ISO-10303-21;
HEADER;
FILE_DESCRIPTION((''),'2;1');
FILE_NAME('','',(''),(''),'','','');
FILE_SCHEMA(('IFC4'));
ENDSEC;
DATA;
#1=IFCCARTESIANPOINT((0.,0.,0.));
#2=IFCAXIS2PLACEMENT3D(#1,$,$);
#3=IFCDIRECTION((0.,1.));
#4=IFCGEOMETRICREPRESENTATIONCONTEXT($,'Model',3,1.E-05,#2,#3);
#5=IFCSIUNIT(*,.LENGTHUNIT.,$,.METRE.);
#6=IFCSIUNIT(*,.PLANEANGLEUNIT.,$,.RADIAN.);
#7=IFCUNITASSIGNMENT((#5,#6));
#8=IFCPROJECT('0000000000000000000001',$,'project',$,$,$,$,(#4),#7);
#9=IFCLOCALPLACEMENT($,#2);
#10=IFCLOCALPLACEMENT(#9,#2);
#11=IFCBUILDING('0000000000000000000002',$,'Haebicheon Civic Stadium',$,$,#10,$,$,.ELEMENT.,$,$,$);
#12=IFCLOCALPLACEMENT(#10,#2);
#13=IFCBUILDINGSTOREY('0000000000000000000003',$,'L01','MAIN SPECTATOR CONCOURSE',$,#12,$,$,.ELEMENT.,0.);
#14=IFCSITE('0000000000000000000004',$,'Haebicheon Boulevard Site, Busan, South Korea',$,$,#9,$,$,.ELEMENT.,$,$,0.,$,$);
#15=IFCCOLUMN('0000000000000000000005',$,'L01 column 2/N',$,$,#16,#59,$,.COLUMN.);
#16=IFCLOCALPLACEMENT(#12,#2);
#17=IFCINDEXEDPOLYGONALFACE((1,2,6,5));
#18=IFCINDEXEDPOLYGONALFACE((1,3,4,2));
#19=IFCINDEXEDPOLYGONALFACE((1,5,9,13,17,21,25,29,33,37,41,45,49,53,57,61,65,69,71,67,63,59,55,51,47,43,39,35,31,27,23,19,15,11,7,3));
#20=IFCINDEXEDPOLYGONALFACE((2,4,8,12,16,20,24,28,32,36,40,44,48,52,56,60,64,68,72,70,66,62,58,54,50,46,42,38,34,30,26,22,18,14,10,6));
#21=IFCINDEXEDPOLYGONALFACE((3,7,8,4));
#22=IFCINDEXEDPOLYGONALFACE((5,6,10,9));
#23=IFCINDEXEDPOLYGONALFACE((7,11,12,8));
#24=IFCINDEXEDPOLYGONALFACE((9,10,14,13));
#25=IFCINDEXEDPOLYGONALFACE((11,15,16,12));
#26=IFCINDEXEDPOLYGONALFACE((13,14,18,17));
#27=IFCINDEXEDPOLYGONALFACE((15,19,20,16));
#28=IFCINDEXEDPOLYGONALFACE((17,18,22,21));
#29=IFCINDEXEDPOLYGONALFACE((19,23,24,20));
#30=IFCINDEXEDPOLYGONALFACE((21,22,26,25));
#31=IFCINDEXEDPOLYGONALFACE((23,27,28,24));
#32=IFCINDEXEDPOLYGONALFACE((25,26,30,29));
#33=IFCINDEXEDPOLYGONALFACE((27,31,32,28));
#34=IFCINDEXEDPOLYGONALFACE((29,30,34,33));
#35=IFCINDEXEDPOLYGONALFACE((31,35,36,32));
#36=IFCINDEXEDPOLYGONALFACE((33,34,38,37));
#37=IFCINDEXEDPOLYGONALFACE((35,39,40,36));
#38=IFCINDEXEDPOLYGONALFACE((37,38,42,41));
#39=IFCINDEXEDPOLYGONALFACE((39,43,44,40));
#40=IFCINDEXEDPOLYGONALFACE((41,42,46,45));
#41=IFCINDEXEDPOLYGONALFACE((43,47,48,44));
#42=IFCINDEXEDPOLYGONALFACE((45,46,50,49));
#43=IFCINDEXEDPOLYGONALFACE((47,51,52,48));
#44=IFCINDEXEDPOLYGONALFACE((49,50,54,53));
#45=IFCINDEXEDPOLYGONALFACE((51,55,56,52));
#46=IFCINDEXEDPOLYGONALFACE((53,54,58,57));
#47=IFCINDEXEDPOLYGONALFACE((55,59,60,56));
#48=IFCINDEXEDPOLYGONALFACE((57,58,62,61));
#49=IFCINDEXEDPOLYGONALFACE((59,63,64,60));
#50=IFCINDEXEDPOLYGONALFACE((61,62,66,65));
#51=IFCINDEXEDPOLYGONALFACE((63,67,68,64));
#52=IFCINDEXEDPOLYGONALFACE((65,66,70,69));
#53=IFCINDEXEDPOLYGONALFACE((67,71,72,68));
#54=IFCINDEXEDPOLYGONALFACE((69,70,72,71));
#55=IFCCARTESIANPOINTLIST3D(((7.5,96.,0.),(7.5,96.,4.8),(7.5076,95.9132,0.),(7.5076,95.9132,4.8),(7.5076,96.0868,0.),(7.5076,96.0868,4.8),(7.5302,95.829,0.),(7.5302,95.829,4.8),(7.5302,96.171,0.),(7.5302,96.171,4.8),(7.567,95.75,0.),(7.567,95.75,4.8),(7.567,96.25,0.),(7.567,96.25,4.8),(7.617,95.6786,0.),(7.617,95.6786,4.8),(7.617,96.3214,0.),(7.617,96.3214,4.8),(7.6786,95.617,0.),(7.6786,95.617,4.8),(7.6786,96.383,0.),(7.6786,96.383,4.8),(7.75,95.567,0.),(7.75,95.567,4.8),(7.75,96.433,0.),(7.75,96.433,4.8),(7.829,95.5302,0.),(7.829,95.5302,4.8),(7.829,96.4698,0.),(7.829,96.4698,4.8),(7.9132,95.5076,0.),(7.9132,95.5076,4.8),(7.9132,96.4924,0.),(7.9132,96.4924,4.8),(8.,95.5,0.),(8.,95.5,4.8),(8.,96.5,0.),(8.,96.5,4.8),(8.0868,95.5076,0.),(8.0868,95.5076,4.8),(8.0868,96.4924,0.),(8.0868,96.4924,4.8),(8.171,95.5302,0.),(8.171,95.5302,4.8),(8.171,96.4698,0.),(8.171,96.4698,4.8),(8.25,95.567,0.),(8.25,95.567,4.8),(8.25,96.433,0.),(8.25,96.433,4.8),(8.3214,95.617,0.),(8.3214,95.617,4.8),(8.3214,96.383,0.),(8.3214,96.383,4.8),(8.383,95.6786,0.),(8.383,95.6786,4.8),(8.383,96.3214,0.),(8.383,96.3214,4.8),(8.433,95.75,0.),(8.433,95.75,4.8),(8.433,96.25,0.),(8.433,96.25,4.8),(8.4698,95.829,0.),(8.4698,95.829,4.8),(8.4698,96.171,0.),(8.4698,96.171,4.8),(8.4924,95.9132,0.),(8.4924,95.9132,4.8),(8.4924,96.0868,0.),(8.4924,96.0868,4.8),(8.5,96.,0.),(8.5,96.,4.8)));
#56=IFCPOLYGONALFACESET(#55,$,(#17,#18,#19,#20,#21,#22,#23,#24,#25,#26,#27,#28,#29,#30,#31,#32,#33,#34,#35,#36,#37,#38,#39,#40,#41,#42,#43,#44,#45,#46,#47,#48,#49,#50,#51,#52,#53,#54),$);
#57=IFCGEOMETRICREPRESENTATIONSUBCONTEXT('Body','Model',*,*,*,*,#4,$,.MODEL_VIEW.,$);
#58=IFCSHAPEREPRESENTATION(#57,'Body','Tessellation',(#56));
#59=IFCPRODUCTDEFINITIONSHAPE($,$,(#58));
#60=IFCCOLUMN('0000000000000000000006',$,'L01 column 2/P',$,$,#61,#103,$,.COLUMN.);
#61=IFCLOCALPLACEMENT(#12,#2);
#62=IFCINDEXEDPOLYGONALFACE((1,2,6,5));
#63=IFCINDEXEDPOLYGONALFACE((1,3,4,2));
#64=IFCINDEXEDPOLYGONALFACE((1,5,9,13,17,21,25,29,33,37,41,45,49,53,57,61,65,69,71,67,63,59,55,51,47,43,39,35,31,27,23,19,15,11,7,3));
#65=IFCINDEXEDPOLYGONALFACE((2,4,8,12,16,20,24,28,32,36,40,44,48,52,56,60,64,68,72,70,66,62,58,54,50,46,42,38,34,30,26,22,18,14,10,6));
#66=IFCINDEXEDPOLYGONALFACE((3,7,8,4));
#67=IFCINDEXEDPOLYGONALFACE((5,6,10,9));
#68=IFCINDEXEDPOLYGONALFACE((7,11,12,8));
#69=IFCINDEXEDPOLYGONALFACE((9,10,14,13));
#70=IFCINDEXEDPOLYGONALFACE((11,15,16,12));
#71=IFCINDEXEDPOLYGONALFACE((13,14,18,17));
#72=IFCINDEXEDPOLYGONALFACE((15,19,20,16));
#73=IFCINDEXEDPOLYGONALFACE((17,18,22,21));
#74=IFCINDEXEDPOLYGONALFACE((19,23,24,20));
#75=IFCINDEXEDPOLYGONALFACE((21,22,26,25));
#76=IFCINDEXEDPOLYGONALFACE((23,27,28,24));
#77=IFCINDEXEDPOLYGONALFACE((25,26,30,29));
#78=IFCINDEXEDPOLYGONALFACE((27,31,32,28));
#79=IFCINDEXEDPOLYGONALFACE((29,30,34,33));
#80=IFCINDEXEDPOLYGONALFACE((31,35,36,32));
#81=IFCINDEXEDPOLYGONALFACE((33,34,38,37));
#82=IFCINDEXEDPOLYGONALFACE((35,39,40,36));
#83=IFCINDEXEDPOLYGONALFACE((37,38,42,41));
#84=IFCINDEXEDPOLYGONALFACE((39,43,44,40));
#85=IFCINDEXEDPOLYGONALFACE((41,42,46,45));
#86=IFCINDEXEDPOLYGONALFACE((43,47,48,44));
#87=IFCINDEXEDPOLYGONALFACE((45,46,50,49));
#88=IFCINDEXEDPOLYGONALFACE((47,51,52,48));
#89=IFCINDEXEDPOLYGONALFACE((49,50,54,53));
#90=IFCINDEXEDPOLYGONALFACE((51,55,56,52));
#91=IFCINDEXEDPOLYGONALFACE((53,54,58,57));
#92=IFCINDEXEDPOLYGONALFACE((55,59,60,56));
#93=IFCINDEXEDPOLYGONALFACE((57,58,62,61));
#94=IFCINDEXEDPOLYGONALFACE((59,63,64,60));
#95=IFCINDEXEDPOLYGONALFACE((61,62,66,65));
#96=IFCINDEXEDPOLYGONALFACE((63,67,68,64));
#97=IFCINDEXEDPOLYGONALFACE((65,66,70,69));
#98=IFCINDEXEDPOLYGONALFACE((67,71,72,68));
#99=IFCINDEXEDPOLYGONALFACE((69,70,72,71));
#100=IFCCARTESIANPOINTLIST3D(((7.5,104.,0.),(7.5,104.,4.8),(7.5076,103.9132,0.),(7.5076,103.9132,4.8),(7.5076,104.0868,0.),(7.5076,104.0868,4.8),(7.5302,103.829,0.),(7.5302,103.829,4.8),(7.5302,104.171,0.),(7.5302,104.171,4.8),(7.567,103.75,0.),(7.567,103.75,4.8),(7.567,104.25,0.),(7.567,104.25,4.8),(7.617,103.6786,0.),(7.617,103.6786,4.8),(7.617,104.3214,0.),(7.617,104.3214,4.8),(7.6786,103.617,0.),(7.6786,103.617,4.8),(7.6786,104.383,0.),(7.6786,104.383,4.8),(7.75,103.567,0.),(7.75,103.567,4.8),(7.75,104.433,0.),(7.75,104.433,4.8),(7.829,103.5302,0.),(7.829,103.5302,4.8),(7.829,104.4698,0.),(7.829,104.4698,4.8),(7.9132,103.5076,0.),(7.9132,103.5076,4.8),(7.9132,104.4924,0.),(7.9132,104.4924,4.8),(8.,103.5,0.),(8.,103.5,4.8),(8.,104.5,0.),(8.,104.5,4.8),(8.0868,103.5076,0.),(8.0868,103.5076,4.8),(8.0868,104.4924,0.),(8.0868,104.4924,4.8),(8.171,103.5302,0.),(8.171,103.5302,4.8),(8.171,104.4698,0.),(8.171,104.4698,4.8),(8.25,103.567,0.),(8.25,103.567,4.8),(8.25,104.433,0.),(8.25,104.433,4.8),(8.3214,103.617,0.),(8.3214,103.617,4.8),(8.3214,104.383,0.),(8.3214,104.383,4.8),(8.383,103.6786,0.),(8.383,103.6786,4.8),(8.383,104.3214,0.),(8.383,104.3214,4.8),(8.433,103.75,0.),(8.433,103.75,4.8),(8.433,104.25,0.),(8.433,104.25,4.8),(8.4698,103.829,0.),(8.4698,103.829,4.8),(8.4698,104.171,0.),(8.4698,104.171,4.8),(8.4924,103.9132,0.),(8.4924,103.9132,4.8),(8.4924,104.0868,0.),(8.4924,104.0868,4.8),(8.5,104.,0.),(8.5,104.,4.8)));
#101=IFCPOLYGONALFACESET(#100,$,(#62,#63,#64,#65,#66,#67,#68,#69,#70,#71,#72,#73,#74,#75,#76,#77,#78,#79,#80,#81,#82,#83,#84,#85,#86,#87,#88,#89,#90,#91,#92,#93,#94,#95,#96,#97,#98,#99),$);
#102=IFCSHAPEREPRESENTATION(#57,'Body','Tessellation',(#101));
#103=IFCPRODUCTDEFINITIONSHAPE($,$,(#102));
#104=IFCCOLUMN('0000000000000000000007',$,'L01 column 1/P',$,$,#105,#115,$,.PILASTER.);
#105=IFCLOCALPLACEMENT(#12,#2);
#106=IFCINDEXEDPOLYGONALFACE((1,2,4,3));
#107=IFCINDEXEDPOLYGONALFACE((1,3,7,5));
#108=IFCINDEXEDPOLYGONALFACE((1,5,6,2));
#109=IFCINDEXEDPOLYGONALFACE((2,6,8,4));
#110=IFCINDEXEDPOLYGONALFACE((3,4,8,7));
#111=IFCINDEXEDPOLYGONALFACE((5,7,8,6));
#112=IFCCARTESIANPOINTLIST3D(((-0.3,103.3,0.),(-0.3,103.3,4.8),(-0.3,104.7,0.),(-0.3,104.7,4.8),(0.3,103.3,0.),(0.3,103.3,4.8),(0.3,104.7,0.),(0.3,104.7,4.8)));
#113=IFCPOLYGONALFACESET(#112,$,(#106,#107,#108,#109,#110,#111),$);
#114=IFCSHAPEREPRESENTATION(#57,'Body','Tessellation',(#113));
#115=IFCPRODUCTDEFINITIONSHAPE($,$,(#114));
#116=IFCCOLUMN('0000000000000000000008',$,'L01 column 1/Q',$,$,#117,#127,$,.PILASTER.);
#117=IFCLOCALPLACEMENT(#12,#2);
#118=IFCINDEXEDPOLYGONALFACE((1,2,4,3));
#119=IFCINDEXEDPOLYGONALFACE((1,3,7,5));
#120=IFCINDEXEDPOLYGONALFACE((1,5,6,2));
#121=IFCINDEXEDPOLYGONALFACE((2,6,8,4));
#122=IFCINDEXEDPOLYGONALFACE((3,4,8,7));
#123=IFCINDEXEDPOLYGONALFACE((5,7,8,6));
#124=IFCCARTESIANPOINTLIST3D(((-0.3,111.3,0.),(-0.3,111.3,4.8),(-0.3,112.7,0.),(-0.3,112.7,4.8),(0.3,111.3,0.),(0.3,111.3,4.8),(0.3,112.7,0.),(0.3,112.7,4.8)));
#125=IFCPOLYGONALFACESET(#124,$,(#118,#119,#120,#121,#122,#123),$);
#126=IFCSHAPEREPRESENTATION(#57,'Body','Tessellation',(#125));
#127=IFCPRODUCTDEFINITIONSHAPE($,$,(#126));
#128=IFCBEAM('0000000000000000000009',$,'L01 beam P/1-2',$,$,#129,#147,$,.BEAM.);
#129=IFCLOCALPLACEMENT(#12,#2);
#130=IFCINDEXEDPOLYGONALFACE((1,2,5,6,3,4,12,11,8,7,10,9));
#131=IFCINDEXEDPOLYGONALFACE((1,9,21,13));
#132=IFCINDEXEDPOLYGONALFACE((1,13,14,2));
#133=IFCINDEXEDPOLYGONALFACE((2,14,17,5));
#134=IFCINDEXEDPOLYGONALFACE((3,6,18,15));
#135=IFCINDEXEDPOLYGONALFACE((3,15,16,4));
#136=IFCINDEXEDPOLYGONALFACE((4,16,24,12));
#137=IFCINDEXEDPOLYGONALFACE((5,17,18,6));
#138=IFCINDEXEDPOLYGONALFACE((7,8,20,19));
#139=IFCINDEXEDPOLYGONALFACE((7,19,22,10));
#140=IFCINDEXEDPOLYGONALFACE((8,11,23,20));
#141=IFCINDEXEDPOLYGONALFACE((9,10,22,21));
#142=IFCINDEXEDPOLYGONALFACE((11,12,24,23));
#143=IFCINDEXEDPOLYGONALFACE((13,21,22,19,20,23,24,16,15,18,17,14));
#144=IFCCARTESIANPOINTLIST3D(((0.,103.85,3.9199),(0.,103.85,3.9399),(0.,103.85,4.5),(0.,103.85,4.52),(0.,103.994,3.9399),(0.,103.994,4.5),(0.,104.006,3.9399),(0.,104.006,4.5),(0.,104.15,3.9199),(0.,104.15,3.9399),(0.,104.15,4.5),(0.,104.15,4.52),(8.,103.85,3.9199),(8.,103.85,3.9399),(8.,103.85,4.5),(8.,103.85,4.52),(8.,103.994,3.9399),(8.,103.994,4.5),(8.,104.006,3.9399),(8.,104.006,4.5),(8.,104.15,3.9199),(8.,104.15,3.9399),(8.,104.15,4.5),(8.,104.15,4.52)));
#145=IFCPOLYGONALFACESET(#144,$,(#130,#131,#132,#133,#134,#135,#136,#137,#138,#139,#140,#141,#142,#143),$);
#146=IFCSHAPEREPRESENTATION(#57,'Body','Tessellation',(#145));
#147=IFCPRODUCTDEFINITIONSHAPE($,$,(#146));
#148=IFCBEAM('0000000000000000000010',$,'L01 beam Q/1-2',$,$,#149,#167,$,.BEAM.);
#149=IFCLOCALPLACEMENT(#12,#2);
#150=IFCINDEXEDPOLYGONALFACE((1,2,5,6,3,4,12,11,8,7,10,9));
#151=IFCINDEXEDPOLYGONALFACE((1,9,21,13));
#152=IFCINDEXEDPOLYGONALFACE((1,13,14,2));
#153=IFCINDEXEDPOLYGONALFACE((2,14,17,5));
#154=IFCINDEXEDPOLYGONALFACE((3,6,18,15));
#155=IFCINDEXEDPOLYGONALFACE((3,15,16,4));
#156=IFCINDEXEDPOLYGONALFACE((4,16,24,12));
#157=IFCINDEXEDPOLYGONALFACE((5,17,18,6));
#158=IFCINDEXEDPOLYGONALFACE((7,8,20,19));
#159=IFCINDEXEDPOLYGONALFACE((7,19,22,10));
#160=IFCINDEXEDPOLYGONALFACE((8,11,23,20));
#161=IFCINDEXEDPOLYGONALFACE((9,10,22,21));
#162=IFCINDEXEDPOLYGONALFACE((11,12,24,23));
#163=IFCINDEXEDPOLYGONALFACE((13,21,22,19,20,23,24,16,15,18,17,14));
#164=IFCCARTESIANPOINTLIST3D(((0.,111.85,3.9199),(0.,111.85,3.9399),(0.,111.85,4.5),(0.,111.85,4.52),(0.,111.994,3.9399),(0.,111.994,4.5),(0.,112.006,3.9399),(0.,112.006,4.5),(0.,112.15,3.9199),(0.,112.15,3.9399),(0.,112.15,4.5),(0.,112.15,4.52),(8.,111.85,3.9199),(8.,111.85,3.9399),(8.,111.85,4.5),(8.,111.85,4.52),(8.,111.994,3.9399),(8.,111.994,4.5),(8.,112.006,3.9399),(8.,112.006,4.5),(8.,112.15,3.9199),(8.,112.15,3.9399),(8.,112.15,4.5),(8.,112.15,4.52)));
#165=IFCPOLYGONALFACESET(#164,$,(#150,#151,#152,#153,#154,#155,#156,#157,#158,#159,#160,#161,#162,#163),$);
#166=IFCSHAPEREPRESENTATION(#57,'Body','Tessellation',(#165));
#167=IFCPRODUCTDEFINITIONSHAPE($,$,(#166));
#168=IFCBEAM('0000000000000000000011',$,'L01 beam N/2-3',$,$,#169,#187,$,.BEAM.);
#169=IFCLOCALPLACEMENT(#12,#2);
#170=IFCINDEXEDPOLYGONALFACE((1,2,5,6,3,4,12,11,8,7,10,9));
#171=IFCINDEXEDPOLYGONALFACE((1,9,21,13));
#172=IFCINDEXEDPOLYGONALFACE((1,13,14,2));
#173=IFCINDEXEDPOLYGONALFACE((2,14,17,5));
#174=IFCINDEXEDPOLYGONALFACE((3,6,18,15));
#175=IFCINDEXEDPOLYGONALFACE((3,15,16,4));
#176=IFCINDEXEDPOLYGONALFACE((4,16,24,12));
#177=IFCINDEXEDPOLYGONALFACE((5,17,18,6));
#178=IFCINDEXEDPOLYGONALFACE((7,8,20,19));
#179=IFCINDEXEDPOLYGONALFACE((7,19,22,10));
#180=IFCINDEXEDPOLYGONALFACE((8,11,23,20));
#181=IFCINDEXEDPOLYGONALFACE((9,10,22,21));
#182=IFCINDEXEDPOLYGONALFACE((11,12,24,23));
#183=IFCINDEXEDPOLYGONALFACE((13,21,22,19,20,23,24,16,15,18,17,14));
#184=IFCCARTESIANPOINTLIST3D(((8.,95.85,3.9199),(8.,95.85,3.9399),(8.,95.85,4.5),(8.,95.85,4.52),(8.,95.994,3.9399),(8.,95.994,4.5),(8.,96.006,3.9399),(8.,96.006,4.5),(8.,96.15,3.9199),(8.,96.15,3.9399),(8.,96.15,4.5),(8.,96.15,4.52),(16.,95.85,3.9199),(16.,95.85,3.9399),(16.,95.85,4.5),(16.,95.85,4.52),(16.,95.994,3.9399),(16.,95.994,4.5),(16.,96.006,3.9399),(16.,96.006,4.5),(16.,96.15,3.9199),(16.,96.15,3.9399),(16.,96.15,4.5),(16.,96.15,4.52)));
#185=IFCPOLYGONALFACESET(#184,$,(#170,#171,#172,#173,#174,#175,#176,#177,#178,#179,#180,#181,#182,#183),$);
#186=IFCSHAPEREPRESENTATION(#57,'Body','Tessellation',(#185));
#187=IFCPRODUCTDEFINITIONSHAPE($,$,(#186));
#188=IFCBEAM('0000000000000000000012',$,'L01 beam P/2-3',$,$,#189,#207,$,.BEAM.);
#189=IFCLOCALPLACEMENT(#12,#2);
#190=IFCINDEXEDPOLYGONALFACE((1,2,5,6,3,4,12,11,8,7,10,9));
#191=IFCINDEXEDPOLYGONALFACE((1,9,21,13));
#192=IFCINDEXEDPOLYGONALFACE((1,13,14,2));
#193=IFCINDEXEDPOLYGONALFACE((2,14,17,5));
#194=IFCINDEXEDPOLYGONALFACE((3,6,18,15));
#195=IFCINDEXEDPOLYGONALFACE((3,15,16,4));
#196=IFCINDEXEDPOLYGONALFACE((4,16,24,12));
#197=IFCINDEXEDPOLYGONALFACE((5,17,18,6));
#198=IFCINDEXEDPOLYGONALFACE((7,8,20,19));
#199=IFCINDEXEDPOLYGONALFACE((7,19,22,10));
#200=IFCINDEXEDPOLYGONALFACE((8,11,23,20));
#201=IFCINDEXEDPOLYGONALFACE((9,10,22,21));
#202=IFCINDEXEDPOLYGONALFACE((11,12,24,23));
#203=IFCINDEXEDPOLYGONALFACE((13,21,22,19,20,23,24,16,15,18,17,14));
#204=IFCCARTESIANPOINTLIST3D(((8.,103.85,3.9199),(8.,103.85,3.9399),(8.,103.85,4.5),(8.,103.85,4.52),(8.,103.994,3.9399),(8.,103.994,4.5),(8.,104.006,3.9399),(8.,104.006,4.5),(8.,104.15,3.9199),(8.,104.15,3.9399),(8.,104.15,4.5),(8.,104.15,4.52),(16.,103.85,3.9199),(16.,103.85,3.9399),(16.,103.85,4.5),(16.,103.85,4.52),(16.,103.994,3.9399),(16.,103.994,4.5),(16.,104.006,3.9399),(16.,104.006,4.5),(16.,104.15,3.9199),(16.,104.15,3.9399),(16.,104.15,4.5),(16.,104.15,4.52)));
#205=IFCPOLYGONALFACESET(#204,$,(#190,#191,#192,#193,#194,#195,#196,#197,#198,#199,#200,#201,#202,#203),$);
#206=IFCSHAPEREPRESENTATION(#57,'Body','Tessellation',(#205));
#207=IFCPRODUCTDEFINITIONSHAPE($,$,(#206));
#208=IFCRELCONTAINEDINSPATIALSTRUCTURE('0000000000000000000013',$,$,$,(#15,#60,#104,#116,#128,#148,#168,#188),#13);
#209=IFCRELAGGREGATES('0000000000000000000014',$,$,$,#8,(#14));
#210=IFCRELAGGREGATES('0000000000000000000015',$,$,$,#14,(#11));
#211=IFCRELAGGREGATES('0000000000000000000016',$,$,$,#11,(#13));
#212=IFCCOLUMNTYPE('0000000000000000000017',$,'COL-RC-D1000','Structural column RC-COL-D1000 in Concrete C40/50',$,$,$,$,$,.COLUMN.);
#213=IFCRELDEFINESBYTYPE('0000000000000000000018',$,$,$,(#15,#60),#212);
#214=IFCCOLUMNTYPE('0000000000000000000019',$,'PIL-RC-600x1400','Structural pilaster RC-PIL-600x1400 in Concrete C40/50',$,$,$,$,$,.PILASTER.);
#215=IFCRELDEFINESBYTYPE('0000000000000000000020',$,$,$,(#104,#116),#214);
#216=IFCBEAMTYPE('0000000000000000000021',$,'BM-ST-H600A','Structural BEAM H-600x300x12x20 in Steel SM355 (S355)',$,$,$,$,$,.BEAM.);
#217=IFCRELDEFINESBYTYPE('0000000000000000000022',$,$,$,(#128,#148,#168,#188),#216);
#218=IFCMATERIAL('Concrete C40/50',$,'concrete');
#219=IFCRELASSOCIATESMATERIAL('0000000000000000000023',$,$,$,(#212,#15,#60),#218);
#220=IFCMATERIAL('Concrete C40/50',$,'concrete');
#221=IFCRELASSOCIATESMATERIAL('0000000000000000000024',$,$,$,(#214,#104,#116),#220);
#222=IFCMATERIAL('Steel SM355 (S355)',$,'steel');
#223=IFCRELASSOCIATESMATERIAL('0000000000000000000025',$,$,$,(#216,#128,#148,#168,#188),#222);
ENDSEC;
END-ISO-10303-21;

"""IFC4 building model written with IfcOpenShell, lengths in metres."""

from ifc_helpers import new_model, si_unit, direction, frame, origin, origin_2d, place, context, subcontext, project, spatial, rectangle, circle, i_section, extrude, material, material_profile, profile_set, type_object, element, save


model = new_model("IFC4")

# Units and contexts
model_context = context("Model", 3, precision=1e-05, world=origin(), true_north=direction((0.0, 1.0)))
body_context = subcontext(model_context, "Body", "Model", "MODEL_VIEW")
ifc_project = project(units=[si_unit("LENGTHUNIT", "METRE"), si_unit("PLANEANGLEUNIT", "RADIAN")], contexts=[model_context])

# Site, building, storey
site_placement = place(None, origin())
site = spatial("IfcSite", under=ifc_project, at=site_placement, Name="Haebicheon Boulevard Site, Busan, South Korea", CompositionType="ELEMENT", RefElevation=0.0)
building_placement = place(site_placement, origin())
building = spatial("IfcBuilding", under=site, at=building_placement, Name="Haebicheon Civic Stadium", CompositionType="ELEMENT")
storey_placement = place(building_placement, origin())
storey = spatial("IfcBuildingStorey", under=building, at=storey_placement, Name="L01", Description="MAIN SPECTATOR CONCOURSE", CompositionType="ELEMENT", Elevation=0.0)

# Columns
ifc_material_1 = material(Name="Concrete C40/50", Category="concrete")
ifc_material_profile_1 = material_profile(ifc_material_1, circle(Radius=0.5, at=origin_2d()), Name="RC-COL-D1000")
ifc_profile_set_1 = profile_set([ifc_material_profile_1], Name="Concrete C40/50")
column_type_1 = type_object("IfcColumnType", Name="COL-RC-D1000", Description="Structural column RC-COL-D1000 in Concrete C40/50", PredefinedType="COLUMN", material=ifc_profile_set_1)
for number, where, z_axis, x_axis, name in (
    (1, (8.0, 96.0, 0.0), (0.0, 0.0, 1.0), (1.0, 0.0, 0.0), "L01 column 2/N"),
    (2, (8.0, 104.0, 0.0), (0.0, 0.0, 1.0), (1.0, 0.0, 0.0), "L01 column 2/P"),
):
    element("IfcColumn", number, at=place(storey_placement, frame(where, z_axis=z_axis, x_axis=x_axis)), inside=storey, type_object=column_type_1, material=ifc_profile_set_1, Name=name, PredefinedType="COLUMN", context=body_context, shape_type="SweptSolid", body=[
        extrude(circle(Radius=0.5, at=origin_2d()), origin(), (0.0, 0.0, 1.0), 4.8),
    ])
ifc_material_2 = material(Name="Concrete C40/50", Category="concrete")
ifc_material_profile_2 = material_profile(ifc_material_2, rectangle(XDim=0.6001, YDim=1.3999, at=origin_2d()), Name="RC-PIL-600x1400")
ifc_profile_set_2 = profile_set([ifc_material_profile_2], Name="Concrete C40/50")
column_type_2 = type_object("IfcColumnType", Name="PIL-RC-600x1400", Description="Structural pilaster RC-PIL-600x1400 in Concrete C40/50", PredefinedType="PILASTER", material=ifc_profile_set_2)
for number, where, z_axis, x_axis, name in (
    (3, (0.0, 104.0, 0.0), (0.0, 0.0, 1.0), (1.0, 0.0, 0.0), "L01 column 1/P"),
    (4, (0.0, 112.0, 0.0), (0.0, 0.0, 1.0), (1.0, 0.0, 0.0), "L01 column 1/Q"),
):
    element("IfcColumn", number, at=place(storey_placement, frame(where, z_axis=z_axis, x_axis=x_axis)), inside=storey, type_object=column_type_2, material=ifc_profile_set_2, Name=name, PredefinedType="PILASTER", context=body_context, shape_type="SweptSolid", body=[
        extrude(rectangle(XDim=0.6001, YDim=1.3999, at=origin_2d()), origin(), (0.0, 0.0, 1.0), 4.8),
    ])

# Beams
ifc_material_3 = material(Name="Steel SM355 (S355)", Category="steel")
ifc_material_profile_3 = material_profile(ifc_material_3, i_section(OverallWidth=0.3, OverallDepth=0.6001, WebThickness=0.012, FlangeThickness=0.02, at=origin_2d()), Name="H-600x300x12x20")
ifc_profile_set_3 = profile_set([ifc_material_profile_3], Name="Steel SM355 (S355)")
beam_type_1 = type_object("IfcBeamType", Name="BM-ST-H600A", Description="Structural BEAM H-600x300x12x20 in Steel SM355 (S355)", PredefinedType="BEAM", material=ifc_profile_set_3)
for number, where, z_axis, x_axis, name in (
    (5, (0.0, 104.0, 4.22), (1.0, 0.0, 0.0), (0.0, 1.0, 0.0), "L01 beam P/1-2"),
    (6, (0.0, 112.0, 4.22), (1.0, 0.0, 0.0), (0.0, 1.0, 0.0), "L01 beam Q/1-2"),
    (7, (8.0, 96.0, 4.22), (1.0, 0.0, 0.0), (0.0, 1.0, 0.0), "L01 beam N/2-3"),
    (8, (8.0, 104.0, 4.22), (1.0, 0.0, 0.0), (0.0, 1.0, 0.0), "L01 beam P/2-3"),
):
    element("IfcBeam", number, at=place(storey_placement, frame(where, z_axis=z_axis, x_axis=x_axis)), inside=storey, type_object=beam_type_1, material=ifc_profile_set_3, Name=name, PredefinedType="BEAM", context=body_context, shape_type="SweptSolid", body=[
        extrude(i_section(OverallWidth=0.3, OverallDepth=0.6001, WebThickness=0.012, FlangeThickness=0.02, at=origin_2d()), origin(), (0.0, 0.0, 1.0), 8.0),
    ])

save(model, "model.ifc")
